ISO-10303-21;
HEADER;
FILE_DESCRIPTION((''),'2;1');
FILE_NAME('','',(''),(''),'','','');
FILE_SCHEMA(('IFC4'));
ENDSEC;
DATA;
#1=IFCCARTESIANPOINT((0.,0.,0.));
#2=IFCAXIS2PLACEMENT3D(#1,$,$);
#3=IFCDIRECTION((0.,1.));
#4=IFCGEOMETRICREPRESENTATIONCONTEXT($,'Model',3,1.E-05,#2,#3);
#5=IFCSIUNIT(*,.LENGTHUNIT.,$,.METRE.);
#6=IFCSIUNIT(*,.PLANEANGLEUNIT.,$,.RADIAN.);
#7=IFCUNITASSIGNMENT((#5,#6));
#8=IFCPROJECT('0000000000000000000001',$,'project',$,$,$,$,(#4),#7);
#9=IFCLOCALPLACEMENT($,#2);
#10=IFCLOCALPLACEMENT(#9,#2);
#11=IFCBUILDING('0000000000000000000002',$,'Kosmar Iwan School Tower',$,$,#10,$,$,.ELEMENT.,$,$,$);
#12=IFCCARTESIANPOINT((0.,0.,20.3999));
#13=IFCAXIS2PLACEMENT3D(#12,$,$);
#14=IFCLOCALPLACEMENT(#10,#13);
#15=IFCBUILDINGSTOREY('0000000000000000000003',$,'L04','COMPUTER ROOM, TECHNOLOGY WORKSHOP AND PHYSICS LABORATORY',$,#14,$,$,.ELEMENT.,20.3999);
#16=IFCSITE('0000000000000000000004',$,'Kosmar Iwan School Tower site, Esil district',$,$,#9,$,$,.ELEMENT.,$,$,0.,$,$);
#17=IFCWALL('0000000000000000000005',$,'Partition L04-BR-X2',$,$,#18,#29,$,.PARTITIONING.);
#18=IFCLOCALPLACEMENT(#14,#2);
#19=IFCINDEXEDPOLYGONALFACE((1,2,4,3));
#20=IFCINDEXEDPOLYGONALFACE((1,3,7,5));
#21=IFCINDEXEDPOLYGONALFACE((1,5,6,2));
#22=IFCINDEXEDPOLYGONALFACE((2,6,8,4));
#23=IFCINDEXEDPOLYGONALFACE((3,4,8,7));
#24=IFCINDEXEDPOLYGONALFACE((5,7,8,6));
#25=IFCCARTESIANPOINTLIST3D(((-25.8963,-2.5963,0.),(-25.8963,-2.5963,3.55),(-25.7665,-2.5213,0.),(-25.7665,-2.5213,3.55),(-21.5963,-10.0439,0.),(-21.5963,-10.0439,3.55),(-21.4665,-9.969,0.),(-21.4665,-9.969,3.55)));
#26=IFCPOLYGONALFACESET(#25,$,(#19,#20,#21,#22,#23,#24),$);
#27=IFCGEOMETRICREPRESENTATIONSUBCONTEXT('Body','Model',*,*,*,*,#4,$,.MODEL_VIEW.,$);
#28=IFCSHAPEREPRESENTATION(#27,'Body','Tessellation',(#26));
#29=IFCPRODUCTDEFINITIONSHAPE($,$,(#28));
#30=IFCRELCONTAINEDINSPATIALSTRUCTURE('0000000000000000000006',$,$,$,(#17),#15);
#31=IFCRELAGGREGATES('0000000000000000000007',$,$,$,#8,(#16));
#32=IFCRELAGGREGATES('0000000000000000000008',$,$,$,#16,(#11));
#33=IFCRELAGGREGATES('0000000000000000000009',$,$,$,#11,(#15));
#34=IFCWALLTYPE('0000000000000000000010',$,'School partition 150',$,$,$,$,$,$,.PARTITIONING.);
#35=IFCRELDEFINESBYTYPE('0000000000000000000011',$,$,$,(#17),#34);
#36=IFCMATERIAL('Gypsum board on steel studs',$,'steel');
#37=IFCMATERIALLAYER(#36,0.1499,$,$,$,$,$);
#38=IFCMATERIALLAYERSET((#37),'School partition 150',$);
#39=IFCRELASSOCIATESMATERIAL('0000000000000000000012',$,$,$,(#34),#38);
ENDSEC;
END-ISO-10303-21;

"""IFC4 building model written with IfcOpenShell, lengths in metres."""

from ifc_helpers import new_model, si_unit, direction, frame, frame_2d, origin, place, context, subcontext, project, spatial, rectangle, extrude, material, layer, layer_set, type_object, element, save


model = new_model("IFC4")

# Units and contexts
model_context = context("Model", 3, precision=1e-05, world=origin(), true_north=direction((0.0, 1.0)))
body_context = subcontext(model_context, "Body", "Model", "MODEL_VIEW")
ifc_project = project(units=[si_unit("LENGTHUNIT", "METRE"), si_unit("PLANEANGLEUNIT", "RADIAN")], contexts=[model_context])

# Site, building, storey
site_placement = place(None, origin())
site = spatial("IfcSite", under=ifc_project, at=site_placement, Name="Kosmar Iwan School Tower site, Esil district", CompositionType="ELEMENT", RefElevation=0.0)
building_placement = place(site_placement, origin())
building = spatial("IfcBuilding", under=site, at=building_placement, Name="Kosmar Iwan School Tower", CompositionType="ELEMENT")
storey_placement = place(building_placement, frame((0.0, 0.0, 20.3999)))
storey = spatial("IfcBuildingStorey", under=building, at=storey_placement, Name="L04", Description="COMPUTER ROOM, TECHNOLOGY WORKSHOP AND PHYSICS LABORATORY", CompositionType="ELEMENT", Elevation=20.3999)

# Wall
ifc_material_1 = material(Name="Gypsum board on steel studs", Category="steel")
ifc_layer_1 = layer(ifc_material_1, 0.1499)
ifc_layer_set_1 = layer_set([ifc_layer_1], Name="School partition 150")
wall_type_1 = type_object("IfcWallType", Name="School partition 150", PredefinedType="PARTITIONING", material=ifc_layer_set_1)
for number, where, z_axis, x_axis, name in (
    (1, (-21.5315, -10.0063, 0.0), (0.0, 0.0, 1.0), (-0.500008, 0.866021, 0.0), "Partition L04-BR-X2"),
):
    element("IfcWall", number, at=place(storey_placement, frame(where, z_axis=z_axis, x_axis=x_axis)), inside=storey, type_object=wall_type_1, Name=name, PredefinedType="PARTITIONING", context=body_context, shape_type="SweptSolid", body=[
        extrude(rectangle(XDim=8.5999, YDim=0.1499, at=frame_2d((4.2998, 0.0))), origin(), (0.0, 0.0, 1.0), 3.55),
    ])

save(model, "model.ifc")
